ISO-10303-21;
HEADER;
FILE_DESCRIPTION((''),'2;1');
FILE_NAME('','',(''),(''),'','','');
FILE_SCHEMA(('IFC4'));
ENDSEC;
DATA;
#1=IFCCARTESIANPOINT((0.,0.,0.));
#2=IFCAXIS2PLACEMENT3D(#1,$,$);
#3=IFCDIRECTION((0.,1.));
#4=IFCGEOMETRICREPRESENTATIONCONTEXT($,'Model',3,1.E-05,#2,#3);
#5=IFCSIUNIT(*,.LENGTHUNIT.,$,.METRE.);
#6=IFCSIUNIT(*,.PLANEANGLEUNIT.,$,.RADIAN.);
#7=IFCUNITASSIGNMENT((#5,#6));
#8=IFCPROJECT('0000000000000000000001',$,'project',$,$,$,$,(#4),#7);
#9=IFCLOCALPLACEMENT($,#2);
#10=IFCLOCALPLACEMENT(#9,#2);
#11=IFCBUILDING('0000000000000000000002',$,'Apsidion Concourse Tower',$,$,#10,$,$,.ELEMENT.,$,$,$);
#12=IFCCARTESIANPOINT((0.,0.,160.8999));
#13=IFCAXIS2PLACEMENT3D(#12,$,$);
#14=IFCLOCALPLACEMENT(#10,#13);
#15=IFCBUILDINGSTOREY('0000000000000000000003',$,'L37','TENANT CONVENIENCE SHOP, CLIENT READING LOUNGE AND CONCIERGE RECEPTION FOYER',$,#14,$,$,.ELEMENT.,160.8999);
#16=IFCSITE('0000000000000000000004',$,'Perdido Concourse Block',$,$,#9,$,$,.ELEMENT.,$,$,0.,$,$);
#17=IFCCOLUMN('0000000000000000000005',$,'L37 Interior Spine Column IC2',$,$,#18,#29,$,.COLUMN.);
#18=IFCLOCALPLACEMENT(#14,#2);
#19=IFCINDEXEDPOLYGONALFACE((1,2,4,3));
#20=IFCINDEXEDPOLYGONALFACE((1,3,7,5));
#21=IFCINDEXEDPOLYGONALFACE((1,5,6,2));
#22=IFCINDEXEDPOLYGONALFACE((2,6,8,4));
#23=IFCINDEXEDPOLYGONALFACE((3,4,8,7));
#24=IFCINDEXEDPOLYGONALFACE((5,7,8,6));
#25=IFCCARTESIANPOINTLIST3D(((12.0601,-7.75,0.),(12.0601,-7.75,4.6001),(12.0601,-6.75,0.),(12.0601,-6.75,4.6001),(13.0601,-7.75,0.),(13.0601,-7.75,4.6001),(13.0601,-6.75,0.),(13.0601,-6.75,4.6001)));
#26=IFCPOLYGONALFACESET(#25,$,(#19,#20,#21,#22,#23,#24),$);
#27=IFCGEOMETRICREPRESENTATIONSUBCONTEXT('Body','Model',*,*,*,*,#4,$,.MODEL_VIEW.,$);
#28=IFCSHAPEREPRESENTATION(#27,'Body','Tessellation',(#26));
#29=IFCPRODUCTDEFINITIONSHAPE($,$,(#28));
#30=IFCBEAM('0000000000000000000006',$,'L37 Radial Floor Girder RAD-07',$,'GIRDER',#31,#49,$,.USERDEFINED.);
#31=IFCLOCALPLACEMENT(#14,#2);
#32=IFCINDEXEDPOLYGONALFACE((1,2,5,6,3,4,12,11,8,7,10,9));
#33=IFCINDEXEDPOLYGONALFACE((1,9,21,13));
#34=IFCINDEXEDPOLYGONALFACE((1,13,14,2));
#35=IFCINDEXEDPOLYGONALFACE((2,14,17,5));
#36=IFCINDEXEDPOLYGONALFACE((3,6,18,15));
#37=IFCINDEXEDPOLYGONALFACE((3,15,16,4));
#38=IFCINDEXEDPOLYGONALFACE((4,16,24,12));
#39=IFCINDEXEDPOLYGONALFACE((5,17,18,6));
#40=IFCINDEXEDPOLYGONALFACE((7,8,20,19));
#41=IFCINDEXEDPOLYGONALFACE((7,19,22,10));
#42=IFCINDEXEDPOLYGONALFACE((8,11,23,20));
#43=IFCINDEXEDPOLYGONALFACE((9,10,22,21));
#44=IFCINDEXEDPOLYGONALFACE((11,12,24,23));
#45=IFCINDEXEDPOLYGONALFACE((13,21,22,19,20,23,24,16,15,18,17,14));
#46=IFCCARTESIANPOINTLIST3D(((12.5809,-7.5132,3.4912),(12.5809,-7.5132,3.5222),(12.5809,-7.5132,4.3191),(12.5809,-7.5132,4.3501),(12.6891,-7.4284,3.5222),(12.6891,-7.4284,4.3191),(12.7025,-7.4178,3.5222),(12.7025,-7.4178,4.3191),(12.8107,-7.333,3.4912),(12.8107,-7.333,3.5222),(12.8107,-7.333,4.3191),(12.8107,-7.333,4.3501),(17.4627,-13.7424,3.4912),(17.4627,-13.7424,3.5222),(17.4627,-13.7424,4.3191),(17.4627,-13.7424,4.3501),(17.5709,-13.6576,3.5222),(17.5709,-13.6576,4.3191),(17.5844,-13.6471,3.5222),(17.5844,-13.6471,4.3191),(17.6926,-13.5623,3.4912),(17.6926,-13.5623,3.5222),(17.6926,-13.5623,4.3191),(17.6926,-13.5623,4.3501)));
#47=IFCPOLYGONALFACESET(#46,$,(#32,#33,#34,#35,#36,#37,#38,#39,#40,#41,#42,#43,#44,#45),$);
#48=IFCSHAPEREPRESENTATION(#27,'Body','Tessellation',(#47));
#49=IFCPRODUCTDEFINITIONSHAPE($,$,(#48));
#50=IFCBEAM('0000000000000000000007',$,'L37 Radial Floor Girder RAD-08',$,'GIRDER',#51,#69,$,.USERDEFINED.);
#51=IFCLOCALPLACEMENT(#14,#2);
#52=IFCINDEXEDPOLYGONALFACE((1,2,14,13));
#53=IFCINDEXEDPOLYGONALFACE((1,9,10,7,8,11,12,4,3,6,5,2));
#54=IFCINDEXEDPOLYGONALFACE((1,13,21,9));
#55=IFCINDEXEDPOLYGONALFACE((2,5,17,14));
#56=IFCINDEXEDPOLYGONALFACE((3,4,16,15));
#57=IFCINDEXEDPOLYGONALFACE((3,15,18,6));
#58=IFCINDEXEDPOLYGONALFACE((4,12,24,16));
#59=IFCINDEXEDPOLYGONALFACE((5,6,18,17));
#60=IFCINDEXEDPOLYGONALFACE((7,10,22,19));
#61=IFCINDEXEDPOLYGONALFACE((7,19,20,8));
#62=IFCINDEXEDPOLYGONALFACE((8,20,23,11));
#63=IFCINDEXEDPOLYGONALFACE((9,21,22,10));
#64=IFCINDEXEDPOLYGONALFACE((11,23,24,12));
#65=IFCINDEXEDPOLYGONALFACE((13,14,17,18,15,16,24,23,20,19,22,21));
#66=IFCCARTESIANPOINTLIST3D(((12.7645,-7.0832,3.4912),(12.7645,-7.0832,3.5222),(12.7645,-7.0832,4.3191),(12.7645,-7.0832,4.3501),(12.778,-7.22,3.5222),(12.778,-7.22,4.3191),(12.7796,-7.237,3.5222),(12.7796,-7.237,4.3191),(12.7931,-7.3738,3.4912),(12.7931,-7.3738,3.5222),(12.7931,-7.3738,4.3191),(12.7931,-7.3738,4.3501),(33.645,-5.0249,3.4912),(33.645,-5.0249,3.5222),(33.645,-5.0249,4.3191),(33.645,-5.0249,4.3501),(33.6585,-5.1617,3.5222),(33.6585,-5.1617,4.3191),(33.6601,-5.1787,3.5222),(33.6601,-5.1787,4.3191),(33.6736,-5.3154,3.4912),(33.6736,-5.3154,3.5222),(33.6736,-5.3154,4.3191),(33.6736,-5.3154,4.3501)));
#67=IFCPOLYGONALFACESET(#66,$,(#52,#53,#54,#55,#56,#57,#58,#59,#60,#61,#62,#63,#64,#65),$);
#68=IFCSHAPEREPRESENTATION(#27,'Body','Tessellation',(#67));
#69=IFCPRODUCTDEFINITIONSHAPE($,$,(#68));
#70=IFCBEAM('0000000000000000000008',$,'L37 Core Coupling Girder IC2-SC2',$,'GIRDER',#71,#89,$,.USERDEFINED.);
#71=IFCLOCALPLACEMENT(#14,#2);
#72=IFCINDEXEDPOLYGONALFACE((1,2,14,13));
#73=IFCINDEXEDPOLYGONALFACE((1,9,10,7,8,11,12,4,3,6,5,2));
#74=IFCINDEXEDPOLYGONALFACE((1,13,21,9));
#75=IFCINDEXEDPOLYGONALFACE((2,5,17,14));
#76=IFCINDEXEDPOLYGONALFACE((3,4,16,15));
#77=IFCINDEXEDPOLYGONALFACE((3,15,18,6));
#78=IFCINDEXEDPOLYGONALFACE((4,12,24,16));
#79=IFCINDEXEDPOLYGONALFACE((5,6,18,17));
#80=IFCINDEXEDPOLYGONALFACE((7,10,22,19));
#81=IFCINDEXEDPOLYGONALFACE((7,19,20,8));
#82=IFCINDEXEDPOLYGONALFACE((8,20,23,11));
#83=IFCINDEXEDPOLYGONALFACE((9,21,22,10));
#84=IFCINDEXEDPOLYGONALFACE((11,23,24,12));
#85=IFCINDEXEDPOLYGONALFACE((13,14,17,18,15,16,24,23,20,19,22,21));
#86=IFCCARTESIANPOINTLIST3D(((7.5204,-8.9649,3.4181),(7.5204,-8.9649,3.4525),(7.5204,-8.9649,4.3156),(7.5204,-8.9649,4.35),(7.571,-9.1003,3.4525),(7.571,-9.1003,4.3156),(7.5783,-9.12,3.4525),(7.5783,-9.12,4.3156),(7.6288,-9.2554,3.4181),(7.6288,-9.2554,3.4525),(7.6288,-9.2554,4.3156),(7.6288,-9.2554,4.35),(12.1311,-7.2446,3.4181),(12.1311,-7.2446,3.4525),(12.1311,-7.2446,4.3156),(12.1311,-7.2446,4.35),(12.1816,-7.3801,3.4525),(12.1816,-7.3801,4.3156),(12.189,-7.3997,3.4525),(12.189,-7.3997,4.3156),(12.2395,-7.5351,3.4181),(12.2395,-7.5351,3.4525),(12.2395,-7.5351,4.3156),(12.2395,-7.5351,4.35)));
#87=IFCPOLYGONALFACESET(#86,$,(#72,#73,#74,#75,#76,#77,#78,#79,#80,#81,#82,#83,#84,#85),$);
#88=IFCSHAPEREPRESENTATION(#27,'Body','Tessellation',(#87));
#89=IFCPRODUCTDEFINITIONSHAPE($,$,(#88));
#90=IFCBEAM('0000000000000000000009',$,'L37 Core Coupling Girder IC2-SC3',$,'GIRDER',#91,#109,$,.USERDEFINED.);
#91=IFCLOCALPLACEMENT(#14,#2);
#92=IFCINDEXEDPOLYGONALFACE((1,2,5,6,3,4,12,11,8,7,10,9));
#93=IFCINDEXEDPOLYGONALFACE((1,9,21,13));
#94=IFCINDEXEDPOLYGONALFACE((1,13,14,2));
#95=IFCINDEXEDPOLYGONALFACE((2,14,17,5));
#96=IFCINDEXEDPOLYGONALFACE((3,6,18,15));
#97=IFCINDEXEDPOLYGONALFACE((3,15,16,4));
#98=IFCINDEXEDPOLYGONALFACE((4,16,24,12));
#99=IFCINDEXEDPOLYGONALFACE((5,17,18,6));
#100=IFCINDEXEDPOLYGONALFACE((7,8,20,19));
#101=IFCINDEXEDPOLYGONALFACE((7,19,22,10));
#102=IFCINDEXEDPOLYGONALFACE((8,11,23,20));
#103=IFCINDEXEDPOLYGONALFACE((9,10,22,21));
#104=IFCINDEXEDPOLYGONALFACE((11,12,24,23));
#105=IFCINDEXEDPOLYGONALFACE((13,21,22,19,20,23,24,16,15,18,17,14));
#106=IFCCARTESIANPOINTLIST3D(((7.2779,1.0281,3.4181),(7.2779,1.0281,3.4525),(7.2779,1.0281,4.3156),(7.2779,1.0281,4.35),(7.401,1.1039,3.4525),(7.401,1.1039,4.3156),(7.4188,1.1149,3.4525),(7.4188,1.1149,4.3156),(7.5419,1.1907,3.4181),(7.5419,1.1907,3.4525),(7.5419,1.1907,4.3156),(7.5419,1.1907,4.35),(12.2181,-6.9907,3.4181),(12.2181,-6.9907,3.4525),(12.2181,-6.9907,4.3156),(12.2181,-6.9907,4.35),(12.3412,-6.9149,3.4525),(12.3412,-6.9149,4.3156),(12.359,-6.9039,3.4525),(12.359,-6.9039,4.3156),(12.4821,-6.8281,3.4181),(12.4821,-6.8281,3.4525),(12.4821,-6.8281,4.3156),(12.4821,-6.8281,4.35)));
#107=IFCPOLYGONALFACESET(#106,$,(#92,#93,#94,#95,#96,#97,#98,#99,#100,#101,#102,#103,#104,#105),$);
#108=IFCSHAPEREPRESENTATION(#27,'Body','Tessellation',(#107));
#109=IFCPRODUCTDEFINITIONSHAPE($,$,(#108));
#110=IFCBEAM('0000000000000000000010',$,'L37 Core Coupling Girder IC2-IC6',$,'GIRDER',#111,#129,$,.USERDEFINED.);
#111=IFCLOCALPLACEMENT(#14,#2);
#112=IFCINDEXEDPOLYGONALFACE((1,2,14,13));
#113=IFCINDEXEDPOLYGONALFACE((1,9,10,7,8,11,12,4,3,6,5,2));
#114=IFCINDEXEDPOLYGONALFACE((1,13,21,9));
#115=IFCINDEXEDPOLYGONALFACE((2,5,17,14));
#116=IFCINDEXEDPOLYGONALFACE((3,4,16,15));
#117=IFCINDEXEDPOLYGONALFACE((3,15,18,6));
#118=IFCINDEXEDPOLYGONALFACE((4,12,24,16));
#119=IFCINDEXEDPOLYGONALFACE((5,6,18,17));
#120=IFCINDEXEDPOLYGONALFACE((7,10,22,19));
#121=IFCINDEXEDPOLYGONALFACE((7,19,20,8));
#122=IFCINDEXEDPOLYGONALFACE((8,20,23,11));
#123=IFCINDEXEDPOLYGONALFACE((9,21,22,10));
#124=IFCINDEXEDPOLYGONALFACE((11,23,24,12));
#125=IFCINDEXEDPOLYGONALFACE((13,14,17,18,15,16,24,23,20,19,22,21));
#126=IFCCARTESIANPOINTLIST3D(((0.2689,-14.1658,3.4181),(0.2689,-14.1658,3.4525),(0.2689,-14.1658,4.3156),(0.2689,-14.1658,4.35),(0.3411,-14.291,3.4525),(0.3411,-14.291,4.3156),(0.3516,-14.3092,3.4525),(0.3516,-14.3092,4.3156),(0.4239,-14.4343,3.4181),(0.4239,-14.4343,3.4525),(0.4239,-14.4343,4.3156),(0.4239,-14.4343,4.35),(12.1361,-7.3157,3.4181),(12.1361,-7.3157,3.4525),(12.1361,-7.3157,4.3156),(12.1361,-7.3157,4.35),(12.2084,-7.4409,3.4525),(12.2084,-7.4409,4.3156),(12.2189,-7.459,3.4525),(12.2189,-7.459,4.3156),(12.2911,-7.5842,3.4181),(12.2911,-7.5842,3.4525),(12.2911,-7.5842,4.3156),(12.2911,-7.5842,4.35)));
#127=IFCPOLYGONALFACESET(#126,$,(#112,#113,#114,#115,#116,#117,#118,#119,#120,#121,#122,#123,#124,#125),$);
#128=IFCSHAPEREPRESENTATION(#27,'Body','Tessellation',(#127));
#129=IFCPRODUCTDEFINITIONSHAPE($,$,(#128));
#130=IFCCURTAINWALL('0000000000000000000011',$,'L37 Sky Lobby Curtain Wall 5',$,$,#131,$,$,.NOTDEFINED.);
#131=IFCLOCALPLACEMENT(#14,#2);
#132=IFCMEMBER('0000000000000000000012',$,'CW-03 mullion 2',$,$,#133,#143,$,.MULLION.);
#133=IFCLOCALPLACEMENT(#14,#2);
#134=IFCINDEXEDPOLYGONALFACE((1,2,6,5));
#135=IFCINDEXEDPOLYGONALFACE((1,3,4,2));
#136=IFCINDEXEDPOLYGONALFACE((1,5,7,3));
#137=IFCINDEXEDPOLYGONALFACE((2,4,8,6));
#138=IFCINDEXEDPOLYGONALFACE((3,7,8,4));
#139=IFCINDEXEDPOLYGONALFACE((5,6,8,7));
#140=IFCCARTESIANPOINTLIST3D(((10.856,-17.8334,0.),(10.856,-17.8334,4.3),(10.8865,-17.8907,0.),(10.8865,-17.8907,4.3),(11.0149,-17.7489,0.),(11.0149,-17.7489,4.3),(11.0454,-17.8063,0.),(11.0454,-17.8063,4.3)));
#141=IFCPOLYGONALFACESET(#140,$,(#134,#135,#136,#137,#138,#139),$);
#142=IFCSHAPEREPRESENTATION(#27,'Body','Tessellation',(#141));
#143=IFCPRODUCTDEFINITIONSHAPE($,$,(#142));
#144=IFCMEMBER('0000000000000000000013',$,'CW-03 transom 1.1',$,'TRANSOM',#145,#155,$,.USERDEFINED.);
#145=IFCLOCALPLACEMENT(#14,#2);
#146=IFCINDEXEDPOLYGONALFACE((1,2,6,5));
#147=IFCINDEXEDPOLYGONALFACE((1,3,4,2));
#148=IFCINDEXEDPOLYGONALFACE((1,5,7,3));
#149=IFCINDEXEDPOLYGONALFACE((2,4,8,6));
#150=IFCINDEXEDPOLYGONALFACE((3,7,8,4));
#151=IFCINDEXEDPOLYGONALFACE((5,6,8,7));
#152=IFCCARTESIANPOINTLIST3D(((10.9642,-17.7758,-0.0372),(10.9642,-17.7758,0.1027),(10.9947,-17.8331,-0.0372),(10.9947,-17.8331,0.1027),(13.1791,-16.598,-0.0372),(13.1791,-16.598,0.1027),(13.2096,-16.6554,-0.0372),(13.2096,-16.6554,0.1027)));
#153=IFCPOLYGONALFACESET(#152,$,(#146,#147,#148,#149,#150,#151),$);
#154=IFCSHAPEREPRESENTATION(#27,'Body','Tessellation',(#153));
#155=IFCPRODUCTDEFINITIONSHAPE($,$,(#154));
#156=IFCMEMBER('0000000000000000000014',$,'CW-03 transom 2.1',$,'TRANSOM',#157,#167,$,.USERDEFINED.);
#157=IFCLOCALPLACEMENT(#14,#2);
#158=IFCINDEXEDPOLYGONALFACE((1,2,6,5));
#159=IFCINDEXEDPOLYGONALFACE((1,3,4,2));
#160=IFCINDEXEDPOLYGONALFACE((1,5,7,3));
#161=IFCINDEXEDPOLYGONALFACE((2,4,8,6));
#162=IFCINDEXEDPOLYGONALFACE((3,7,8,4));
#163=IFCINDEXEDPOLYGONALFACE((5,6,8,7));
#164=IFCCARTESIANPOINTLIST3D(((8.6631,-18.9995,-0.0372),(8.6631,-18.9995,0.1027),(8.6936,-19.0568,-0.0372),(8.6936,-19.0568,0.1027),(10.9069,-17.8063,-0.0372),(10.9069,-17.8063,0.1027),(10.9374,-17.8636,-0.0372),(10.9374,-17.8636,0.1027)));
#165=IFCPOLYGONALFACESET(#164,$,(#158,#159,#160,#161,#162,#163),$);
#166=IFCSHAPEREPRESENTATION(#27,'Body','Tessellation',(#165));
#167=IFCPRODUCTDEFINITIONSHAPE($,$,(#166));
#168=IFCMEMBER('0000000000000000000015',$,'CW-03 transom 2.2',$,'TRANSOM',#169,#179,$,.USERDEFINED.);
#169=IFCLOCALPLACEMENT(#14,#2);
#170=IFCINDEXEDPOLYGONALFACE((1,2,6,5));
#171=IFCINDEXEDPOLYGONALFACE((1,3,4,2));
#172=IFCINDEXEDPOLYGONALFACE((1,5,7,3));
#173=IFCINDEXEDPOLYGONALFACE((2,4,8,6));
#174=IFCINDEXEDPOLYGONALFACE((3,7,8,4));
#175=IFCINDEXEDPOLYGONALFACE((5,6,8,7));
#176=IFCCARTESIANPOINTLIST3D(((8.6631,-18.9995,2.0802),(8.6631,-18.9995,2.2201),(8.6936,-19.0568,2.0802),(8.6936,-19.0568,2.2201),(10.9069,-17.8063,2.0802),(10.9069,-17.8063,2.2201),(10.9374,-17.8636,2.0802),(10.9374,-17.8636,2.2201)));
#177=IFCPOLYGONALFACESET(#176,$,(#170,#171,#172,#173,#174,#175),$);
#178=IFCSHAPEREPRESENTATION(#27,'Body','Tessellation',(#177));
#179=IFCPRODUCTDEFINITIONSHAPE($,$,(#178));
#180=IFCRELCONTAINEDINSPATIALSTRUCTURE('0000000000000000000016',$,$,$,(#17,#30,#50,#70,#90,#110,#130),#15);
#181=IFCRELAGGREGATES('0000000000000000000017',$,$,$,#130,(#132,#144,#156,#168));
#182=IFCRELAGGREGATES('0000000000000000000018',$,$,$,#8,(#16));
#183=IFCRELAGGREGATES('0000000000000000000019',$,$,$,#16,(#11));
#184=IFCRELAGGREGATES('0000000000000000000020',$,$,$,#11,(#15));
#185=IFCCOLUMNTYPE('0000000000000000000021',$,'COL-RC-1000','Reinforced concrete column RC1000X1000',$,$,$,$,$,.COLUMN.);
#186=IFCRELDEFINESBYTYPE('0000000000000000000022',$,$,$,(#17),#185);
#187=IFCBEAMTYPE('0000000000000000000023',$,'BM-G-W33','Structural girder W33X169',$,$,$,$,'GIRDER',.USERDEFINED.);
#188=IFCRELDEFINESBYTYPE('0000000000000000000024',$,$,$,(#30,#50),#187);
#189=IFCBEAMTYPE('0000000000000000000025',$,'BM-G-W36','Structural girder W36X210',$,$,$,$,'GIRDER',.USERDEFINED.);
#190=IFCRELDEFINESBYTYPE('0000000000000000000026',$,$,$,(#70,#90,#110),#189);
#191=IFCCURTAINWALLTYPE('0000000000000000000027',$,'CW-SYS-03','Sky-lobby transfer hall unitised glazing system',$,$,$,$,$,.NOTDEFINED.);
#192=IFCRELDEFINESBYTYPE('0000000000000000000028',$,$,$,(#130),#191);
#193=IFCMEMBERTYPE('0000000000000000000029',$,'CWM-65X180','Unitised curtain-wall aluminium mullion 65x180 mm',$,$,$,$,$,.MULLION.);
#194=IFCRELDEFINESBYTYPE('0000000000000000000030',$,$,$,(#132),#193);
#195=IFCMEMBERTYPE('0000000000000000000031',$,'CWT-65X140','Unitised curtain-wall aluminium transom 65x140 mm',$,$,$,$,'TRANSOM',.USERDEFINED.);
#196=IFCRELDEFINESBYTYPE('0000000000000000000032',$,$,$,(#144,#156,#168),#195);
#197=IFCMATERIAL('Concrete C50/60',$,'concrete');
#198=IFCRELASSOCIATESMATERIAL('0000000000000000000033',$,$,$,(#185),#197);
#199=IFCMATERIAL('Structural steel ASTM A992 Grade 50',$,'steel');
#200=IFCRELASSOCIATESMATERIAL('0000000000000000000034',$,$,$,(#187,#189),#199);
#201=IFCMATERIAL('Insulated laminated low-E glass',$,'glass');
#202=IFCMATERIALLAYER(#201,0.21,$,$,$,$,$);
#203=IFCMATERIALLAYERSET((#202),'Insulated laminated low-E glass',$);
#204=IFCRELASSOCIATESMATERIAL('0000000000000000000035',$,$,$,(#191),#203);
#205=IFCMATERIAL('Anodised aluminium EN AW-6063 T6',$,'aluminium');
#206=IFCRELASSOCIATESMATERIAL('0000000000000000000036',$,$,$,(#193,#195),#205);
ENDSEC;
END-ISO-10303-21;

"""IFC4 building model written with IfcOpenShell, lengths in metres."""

from ifc_helpers import new_model, si_unit, direction, frame, origin, origin_2d, place, context, subcontext, project, spatial, rectangle, i_section, extrude, material, layer, layer_set, material_profile, profile_set, type_object, element, aggregate, save


model = new_model("IFC4")

# Units and contexts
model_context = context("Model", 3, precision=1e-05, world=origin(), true_north=direction((0.0, 1.0)))
body_context = subcontext(model_context, "Body", "Model", "MODEL_VIEW")
ifc_project = project(units=[si_unit("LENGTHUNIT", "METRE"), si_unit("PLANEANGLEUNIT", "RADIAN")], contexts=[model_context])

# Site, building, storey
site_placement = place(None, origin())
site = spatial("IfcSite", under=ifc_project, at=site_placement, Name="Perdido Concourse Block", CompositionType="ELEMENT", RefElevation=0.0)
building_placement = place(site_placement, origin())
building = spatial("IfcBuilding", under=site, at=building_placement, Name="Apsidion Concourse Tower", CompositionType="ELEMENT")
storey_placement = place(building_placement, frame((0.0, 0.0, 160.8999)))
storey = spatial("IfcBuildingStorey", under=building, at=storey_placement, Name="L37", Description="TENANT CONVENIENCE SHOP, CLIENT READING LOUNGE AND CONCIERGE RECEPTION FOYER", CompositionType="ELEMENT", Elevation=160.8999)

# Column
ifc_material_1 = material(Name="Concrete C50/60", Category="concrete")
ifc_material_profile_1 = material_profile(ifc_material_1, rectangle(XDim=1.0, YDim=1.0, at=origin_2d()), Name="RC 1000x1000")
ifc_profile_set_1 = profile_set([ifc_material_profile_1], Name="Concrete C50/60")
column_type = type_object("IfcColumnType", Name="COL-RC-1000", Description="Reinforced concrete column RC1000X1000", PredefinedType="COLUMN", material=ifc_profile_set_1)
column_placement = place(storey_placement, frame((12.5601, -7.25, 0.0), z_axis=(0.0, 0.0, 1.0), x_axis=(1.0, 0.0, 0.0)))
element("IfcColumn", 1, at=column_placement, inside=storey, type_object=column_type, Name="L37 Interior Spine Column IC2", PredefinedType="COLUMN", context=body_context, shape_type="SweptSolid", body=[
    extrude(rectangle(XDim=1.0, YDim=1.0, at=origin_2d()), origin(), (0.0, 0.0, 1.0), 4.6001),
])

# Beams
ifc_material_2 = material(Name="Structural steel ASTM A992 Grade 50", Category="steel")
ifc_material_profile_2 = material_profile(ifc_material_2, i_section(OverallWidth=0.292, OverallDepth=0.8589, WebThickness=0.0171, FlangeThickness=0.031, at=origin_2d()), Name="W33X169")
ifc_profile_set_2 = profile_set([ifc_material_profile_2], Name="Structural steel ASTM A992 Grade 50")
beam_type_1 = type_object("IfcBeamType", Name="BM-G-W33", Description="Structural girder W33X169", ElementType="GIRDER", PredefinedType="USERDEFINED", material=ifc_profile_set_2)
beam_1_placement = place(storey_placement, frame((12.6958, -7.4231, 3.9207), z_axis=(0.616839, -0.78709, 0.0), x_axis=(0.78709, 0.616839, 0.0)))
element("IfcBeam", 2, at=beam_1_placement, inside=storey, type_object=beam_type_1, Name="L37 Radial Floor Girder RAD-07", ObjectType="GIRDER", PredefinedType="USERDEFINED", context=body_context, shape_type="SweptSolid", body=[
    extrude(i_section(OverallWidth=0.292, OverallDepth=0.8589, WebThickness=0.0171, FlangeThickness=0.031, at=origin_2d()), origin(), (0.0, 0.0, 1.0), 7.9143),
])
beam_2_placement = place(storey_placement, frame((12.7788, -7.2285, 3.9207), z_axis=(0.995176, 0.098103, 0.0), x_axis=(-0.098103, 0.995176, 0.0)))
element("IfcBeam", 3, at=beam_2_placement, inside=storey, type_object=beam_type_1, Name="L37 Radial Floor Girder RAD-08", ObjectType="GIRDER", PredefinedType="USERDEFINED", context=body_context, shape_type="SweptSolid", body=[
    extrude(i_section(OverallWidth=0.292, OverallDepth=0.8589, WebThickness=0.0171, FlangeThickness=0.031, at=origin_2d()), origin(), (0.0, 0.0, 1.0), 20.9817),
])
ifc_material_profile_3 = material_profile(ifc_material_2, i_section(OverallWidth=0.3101, OverallDepth=0.9319, WebThickness=0.021, FlangeThickness=0.0344, at=origin_2d()), Name="W36X210")
ifc_profile_set_3 = profile_set([ifc_material_profile_3], Name="Structural steel ASTM A992 Grade 50")
beam_type_2 = type_object("IfcBeamType", Name="BM-G-W36", Description="Structural girder W36X210", ElementType="GIRDER", PredefinedType="USERDEFINED", material=ifc_profile_set_3)
beam_3_placement = place(storey_placement, frame((12.1853, -7.3899, 3.884), z_axis=(-0.936913, -0.349563, 0.0), x_axis=(0.349563, -0.936913, 0.0)))
element("IfcBeam", 4, at=beam_3_placement, inside=storey, type_object=beam_type_2, Name="L37 Core Coupling Girder IC2-SC2", ObjectType="GIRDER", PredefinedType="USERDEFINED", context=body_context, shape_type="SweptSolid", body=[
    extrude(i_section(OverallWidth=0.3101, OverallDepth=0.9319, WebThickness=0.021, FlangeThickness=0.0344, at=origin_2d()), origin(), (0.0, 0.0, 1.0), 4.9211),
])
beam_4_placement = place(storey_placement, frame((12.3501, -6.9094, 3.884), z_axis=(-0.524524, 0.851396, 0.0), x_axis=(-0.851396, -0.524524, 0.0)))
element("IfcBeam", 5, at=beam_4_placement, inside=storey, type_object=beam_type_2, Name="L37 Core Coupling Girder IC2-SC3", ObjectType="GIRDER", PredefinedType="USERDEFINED", context=body_context, shape_type="SweptSolid", body=[
    extrude(i_section(OverallWidth=0.3101, OverallDepth=0.9319, WebThickness=0.021, FlangeThickness=0.0344, at=origin_2d()), origin(), (0.0, 0.0, 1.0), 9.4185),
])
beam_5_placement = place(storey_placement, frame((12.2136, -7.45, 3.884), z_axis=(-0.86607, -0.499922, 0.0), x_axis=(0.499922, -0.86607, 0.0)))
element("IfcBeam", 6, at=beam_5_placement, inside=storey, type_object=beam_type_2, Name="L37 Core Coupling Girder IC2-IC6", ObjectType="GIRDER", PredefinedType="USERDEFINED", context=body_context, shape_type="SweptSolid", body=[
    extrude(i_section(OverallWidth=0.3101, OverallDepth=0.9319, WebThickness=0.021, FlangeThickness=0.0344, at=origin_2d()), origin(), (0.0, 0.0, 1.0), 13.7024),
])

# Curtain wall, members
ifc_material_3 = material(Name="Insulated laminated low-E glass", Category="glass")
ifc_layer_1 = layer(ifc_material_3, 0.21)
ifc_layer_set_1 = layer_set([ifc_layer_1], Name="Insulated laminated low-E glass")
curtain_wall_type = type_object("IfcCurtainWallType", Name="CW-SYS-03", Description="Sky-lobby transfer hall unitised glazing system", PredefinedType="NOTDEFINED", material=ifc_layer_set_1)
curtain_wall_placement = place(storey_placement, origin())
curtain_wall = element("IfcCurtainWall", 7, at=curtain_wall_placement, inside=storey, type_object=curtain_wall_type, Name="L37 Sky Lobby Curtain Wall 5", PredefinedType="NOTDEFINED")
ifc_material_4 = material(Name="Anodised aluminium EN AW-6063 T6", Category="aluminium")
ifc_material_profile_4 = material_profile(ifc_material_4, rectangle(XDim=0.0649, YDim=0.1799, at=origin_2d()), Name="ALU MULLION 65x180")
ifc_profile_set_4 = profile_set([ifc_material_profile_4], Name="Anodised aluminium EN AW-6063 T6")
member_type_1 = type_object("IfcMemberType", Name="CWM-65X180", Description="Unitised curtain-wall aluminium mullion 65x180 mm", PredefinedType="MULLION", material=ifc_profile_set_4)
member_1_placement = place(storey_placement, frame((10.9507, -17.8198, 0.0), z_axis=(0.0, 0.0, 1.0), x_axis=(0.469472, -0.882947, 0.0)))
member_1 = element("IfcMember", 8, at=member_1_placement, type_object=member_type_1, Name="CW-03 mullion 2", PredefinedType="MULLION", context=body_context, shape_type="SweptSolid", body=[
    extrude(rectangle(XDim=0.0649, YDim=0.1799, at=origin_2d()), origin(), (0.0, 0.0, 1.0), 4.3),
])
ifc_material_profile_5 = material_profile(ifc_material_4, rectangle(XDim=0.0649, YDim=0.1399, at=origin_2d()), Name="ALU TRANSOM 65x140")
ifc_profile_set_5 = profile_set([ifc_material_profile_5], Name="Anodised aluminium EN AW-6063 T6")
member_type_2 = type_object("IfcMemberType", Name="CWT-65X140", Description="Unitised curtain-wall aluminium transom 65x140 mm", ElementType="TRANSOM", PredefinedType="USERDEFINED", material=ifc_profile_set_5)
member_2_placement = place(storey_placement, frame((13.1943, -16.6267, 0.0327), z_axis=(-0.882934, -0.469497, 0.0), x_axis=(0.469497, -0.882934, 0.0)))
member_2 = element("IfcMember", 9, at=member_2_placement, type_object=member_type_2, Name="CW-03 transom 1.1", ObjectType="TRANSOM", PredefinedType="USERDEFINED", context=body_context, shape_type="SweptSolid", body=[
    extrude(rectangle(XDim=0.0649, YDim=0.1399, at=origin_2d()), origin(), (0.0, 0.0, 1.0), 2.5085),
])
member_3_placement = place(storey_placement, frame((10.9221, -17.835, 0.0327), z_axis=(-0.882924, -0.469516, 0.0), x_axis=(0.469516, -0.882924, 0.0)))
member_3 = element("IfcMember", 10, at=member_3_placement, type_object=member_type_2, Name="CW-03 transom 2.1", ObjectType="TRANSOM", PredefinedType="USERDEFINED", context=body_context, shape_type="SweptSolid", body=[
    extrude(rectangle(XDim=0.0649, YDim=0.1399, at=origin_2d()), origin(), (0.0, 0.0, 1.0), 2.5413),
])
member_4_placement = place(storey_placement, frame((10.9221, -17.835, 2.1501), z_axis=(-0.882924, -0.469516, 0.0), x_axis=(0.469516, -0.882924, 0.0)))
member_4 = element("IfcMember", 11, at=member_4_placement, type_object=member_type_2, Name="CW-03 transom 2.2", ObjectType="TRANSOM", PredefinedType="USERDEFINED", context=body_context, shape_type="SweptSolid", body=[
    extrude(rectangle(XDim=0.0649, YDim=0.1399, at=origin_2d()), origin(), (0.0, 0.0, 1.0), 2.5413),
])
aggregate(curtain_wall, [member_1, member_2, member_3, member_4])

save(model, "model.ifc")
